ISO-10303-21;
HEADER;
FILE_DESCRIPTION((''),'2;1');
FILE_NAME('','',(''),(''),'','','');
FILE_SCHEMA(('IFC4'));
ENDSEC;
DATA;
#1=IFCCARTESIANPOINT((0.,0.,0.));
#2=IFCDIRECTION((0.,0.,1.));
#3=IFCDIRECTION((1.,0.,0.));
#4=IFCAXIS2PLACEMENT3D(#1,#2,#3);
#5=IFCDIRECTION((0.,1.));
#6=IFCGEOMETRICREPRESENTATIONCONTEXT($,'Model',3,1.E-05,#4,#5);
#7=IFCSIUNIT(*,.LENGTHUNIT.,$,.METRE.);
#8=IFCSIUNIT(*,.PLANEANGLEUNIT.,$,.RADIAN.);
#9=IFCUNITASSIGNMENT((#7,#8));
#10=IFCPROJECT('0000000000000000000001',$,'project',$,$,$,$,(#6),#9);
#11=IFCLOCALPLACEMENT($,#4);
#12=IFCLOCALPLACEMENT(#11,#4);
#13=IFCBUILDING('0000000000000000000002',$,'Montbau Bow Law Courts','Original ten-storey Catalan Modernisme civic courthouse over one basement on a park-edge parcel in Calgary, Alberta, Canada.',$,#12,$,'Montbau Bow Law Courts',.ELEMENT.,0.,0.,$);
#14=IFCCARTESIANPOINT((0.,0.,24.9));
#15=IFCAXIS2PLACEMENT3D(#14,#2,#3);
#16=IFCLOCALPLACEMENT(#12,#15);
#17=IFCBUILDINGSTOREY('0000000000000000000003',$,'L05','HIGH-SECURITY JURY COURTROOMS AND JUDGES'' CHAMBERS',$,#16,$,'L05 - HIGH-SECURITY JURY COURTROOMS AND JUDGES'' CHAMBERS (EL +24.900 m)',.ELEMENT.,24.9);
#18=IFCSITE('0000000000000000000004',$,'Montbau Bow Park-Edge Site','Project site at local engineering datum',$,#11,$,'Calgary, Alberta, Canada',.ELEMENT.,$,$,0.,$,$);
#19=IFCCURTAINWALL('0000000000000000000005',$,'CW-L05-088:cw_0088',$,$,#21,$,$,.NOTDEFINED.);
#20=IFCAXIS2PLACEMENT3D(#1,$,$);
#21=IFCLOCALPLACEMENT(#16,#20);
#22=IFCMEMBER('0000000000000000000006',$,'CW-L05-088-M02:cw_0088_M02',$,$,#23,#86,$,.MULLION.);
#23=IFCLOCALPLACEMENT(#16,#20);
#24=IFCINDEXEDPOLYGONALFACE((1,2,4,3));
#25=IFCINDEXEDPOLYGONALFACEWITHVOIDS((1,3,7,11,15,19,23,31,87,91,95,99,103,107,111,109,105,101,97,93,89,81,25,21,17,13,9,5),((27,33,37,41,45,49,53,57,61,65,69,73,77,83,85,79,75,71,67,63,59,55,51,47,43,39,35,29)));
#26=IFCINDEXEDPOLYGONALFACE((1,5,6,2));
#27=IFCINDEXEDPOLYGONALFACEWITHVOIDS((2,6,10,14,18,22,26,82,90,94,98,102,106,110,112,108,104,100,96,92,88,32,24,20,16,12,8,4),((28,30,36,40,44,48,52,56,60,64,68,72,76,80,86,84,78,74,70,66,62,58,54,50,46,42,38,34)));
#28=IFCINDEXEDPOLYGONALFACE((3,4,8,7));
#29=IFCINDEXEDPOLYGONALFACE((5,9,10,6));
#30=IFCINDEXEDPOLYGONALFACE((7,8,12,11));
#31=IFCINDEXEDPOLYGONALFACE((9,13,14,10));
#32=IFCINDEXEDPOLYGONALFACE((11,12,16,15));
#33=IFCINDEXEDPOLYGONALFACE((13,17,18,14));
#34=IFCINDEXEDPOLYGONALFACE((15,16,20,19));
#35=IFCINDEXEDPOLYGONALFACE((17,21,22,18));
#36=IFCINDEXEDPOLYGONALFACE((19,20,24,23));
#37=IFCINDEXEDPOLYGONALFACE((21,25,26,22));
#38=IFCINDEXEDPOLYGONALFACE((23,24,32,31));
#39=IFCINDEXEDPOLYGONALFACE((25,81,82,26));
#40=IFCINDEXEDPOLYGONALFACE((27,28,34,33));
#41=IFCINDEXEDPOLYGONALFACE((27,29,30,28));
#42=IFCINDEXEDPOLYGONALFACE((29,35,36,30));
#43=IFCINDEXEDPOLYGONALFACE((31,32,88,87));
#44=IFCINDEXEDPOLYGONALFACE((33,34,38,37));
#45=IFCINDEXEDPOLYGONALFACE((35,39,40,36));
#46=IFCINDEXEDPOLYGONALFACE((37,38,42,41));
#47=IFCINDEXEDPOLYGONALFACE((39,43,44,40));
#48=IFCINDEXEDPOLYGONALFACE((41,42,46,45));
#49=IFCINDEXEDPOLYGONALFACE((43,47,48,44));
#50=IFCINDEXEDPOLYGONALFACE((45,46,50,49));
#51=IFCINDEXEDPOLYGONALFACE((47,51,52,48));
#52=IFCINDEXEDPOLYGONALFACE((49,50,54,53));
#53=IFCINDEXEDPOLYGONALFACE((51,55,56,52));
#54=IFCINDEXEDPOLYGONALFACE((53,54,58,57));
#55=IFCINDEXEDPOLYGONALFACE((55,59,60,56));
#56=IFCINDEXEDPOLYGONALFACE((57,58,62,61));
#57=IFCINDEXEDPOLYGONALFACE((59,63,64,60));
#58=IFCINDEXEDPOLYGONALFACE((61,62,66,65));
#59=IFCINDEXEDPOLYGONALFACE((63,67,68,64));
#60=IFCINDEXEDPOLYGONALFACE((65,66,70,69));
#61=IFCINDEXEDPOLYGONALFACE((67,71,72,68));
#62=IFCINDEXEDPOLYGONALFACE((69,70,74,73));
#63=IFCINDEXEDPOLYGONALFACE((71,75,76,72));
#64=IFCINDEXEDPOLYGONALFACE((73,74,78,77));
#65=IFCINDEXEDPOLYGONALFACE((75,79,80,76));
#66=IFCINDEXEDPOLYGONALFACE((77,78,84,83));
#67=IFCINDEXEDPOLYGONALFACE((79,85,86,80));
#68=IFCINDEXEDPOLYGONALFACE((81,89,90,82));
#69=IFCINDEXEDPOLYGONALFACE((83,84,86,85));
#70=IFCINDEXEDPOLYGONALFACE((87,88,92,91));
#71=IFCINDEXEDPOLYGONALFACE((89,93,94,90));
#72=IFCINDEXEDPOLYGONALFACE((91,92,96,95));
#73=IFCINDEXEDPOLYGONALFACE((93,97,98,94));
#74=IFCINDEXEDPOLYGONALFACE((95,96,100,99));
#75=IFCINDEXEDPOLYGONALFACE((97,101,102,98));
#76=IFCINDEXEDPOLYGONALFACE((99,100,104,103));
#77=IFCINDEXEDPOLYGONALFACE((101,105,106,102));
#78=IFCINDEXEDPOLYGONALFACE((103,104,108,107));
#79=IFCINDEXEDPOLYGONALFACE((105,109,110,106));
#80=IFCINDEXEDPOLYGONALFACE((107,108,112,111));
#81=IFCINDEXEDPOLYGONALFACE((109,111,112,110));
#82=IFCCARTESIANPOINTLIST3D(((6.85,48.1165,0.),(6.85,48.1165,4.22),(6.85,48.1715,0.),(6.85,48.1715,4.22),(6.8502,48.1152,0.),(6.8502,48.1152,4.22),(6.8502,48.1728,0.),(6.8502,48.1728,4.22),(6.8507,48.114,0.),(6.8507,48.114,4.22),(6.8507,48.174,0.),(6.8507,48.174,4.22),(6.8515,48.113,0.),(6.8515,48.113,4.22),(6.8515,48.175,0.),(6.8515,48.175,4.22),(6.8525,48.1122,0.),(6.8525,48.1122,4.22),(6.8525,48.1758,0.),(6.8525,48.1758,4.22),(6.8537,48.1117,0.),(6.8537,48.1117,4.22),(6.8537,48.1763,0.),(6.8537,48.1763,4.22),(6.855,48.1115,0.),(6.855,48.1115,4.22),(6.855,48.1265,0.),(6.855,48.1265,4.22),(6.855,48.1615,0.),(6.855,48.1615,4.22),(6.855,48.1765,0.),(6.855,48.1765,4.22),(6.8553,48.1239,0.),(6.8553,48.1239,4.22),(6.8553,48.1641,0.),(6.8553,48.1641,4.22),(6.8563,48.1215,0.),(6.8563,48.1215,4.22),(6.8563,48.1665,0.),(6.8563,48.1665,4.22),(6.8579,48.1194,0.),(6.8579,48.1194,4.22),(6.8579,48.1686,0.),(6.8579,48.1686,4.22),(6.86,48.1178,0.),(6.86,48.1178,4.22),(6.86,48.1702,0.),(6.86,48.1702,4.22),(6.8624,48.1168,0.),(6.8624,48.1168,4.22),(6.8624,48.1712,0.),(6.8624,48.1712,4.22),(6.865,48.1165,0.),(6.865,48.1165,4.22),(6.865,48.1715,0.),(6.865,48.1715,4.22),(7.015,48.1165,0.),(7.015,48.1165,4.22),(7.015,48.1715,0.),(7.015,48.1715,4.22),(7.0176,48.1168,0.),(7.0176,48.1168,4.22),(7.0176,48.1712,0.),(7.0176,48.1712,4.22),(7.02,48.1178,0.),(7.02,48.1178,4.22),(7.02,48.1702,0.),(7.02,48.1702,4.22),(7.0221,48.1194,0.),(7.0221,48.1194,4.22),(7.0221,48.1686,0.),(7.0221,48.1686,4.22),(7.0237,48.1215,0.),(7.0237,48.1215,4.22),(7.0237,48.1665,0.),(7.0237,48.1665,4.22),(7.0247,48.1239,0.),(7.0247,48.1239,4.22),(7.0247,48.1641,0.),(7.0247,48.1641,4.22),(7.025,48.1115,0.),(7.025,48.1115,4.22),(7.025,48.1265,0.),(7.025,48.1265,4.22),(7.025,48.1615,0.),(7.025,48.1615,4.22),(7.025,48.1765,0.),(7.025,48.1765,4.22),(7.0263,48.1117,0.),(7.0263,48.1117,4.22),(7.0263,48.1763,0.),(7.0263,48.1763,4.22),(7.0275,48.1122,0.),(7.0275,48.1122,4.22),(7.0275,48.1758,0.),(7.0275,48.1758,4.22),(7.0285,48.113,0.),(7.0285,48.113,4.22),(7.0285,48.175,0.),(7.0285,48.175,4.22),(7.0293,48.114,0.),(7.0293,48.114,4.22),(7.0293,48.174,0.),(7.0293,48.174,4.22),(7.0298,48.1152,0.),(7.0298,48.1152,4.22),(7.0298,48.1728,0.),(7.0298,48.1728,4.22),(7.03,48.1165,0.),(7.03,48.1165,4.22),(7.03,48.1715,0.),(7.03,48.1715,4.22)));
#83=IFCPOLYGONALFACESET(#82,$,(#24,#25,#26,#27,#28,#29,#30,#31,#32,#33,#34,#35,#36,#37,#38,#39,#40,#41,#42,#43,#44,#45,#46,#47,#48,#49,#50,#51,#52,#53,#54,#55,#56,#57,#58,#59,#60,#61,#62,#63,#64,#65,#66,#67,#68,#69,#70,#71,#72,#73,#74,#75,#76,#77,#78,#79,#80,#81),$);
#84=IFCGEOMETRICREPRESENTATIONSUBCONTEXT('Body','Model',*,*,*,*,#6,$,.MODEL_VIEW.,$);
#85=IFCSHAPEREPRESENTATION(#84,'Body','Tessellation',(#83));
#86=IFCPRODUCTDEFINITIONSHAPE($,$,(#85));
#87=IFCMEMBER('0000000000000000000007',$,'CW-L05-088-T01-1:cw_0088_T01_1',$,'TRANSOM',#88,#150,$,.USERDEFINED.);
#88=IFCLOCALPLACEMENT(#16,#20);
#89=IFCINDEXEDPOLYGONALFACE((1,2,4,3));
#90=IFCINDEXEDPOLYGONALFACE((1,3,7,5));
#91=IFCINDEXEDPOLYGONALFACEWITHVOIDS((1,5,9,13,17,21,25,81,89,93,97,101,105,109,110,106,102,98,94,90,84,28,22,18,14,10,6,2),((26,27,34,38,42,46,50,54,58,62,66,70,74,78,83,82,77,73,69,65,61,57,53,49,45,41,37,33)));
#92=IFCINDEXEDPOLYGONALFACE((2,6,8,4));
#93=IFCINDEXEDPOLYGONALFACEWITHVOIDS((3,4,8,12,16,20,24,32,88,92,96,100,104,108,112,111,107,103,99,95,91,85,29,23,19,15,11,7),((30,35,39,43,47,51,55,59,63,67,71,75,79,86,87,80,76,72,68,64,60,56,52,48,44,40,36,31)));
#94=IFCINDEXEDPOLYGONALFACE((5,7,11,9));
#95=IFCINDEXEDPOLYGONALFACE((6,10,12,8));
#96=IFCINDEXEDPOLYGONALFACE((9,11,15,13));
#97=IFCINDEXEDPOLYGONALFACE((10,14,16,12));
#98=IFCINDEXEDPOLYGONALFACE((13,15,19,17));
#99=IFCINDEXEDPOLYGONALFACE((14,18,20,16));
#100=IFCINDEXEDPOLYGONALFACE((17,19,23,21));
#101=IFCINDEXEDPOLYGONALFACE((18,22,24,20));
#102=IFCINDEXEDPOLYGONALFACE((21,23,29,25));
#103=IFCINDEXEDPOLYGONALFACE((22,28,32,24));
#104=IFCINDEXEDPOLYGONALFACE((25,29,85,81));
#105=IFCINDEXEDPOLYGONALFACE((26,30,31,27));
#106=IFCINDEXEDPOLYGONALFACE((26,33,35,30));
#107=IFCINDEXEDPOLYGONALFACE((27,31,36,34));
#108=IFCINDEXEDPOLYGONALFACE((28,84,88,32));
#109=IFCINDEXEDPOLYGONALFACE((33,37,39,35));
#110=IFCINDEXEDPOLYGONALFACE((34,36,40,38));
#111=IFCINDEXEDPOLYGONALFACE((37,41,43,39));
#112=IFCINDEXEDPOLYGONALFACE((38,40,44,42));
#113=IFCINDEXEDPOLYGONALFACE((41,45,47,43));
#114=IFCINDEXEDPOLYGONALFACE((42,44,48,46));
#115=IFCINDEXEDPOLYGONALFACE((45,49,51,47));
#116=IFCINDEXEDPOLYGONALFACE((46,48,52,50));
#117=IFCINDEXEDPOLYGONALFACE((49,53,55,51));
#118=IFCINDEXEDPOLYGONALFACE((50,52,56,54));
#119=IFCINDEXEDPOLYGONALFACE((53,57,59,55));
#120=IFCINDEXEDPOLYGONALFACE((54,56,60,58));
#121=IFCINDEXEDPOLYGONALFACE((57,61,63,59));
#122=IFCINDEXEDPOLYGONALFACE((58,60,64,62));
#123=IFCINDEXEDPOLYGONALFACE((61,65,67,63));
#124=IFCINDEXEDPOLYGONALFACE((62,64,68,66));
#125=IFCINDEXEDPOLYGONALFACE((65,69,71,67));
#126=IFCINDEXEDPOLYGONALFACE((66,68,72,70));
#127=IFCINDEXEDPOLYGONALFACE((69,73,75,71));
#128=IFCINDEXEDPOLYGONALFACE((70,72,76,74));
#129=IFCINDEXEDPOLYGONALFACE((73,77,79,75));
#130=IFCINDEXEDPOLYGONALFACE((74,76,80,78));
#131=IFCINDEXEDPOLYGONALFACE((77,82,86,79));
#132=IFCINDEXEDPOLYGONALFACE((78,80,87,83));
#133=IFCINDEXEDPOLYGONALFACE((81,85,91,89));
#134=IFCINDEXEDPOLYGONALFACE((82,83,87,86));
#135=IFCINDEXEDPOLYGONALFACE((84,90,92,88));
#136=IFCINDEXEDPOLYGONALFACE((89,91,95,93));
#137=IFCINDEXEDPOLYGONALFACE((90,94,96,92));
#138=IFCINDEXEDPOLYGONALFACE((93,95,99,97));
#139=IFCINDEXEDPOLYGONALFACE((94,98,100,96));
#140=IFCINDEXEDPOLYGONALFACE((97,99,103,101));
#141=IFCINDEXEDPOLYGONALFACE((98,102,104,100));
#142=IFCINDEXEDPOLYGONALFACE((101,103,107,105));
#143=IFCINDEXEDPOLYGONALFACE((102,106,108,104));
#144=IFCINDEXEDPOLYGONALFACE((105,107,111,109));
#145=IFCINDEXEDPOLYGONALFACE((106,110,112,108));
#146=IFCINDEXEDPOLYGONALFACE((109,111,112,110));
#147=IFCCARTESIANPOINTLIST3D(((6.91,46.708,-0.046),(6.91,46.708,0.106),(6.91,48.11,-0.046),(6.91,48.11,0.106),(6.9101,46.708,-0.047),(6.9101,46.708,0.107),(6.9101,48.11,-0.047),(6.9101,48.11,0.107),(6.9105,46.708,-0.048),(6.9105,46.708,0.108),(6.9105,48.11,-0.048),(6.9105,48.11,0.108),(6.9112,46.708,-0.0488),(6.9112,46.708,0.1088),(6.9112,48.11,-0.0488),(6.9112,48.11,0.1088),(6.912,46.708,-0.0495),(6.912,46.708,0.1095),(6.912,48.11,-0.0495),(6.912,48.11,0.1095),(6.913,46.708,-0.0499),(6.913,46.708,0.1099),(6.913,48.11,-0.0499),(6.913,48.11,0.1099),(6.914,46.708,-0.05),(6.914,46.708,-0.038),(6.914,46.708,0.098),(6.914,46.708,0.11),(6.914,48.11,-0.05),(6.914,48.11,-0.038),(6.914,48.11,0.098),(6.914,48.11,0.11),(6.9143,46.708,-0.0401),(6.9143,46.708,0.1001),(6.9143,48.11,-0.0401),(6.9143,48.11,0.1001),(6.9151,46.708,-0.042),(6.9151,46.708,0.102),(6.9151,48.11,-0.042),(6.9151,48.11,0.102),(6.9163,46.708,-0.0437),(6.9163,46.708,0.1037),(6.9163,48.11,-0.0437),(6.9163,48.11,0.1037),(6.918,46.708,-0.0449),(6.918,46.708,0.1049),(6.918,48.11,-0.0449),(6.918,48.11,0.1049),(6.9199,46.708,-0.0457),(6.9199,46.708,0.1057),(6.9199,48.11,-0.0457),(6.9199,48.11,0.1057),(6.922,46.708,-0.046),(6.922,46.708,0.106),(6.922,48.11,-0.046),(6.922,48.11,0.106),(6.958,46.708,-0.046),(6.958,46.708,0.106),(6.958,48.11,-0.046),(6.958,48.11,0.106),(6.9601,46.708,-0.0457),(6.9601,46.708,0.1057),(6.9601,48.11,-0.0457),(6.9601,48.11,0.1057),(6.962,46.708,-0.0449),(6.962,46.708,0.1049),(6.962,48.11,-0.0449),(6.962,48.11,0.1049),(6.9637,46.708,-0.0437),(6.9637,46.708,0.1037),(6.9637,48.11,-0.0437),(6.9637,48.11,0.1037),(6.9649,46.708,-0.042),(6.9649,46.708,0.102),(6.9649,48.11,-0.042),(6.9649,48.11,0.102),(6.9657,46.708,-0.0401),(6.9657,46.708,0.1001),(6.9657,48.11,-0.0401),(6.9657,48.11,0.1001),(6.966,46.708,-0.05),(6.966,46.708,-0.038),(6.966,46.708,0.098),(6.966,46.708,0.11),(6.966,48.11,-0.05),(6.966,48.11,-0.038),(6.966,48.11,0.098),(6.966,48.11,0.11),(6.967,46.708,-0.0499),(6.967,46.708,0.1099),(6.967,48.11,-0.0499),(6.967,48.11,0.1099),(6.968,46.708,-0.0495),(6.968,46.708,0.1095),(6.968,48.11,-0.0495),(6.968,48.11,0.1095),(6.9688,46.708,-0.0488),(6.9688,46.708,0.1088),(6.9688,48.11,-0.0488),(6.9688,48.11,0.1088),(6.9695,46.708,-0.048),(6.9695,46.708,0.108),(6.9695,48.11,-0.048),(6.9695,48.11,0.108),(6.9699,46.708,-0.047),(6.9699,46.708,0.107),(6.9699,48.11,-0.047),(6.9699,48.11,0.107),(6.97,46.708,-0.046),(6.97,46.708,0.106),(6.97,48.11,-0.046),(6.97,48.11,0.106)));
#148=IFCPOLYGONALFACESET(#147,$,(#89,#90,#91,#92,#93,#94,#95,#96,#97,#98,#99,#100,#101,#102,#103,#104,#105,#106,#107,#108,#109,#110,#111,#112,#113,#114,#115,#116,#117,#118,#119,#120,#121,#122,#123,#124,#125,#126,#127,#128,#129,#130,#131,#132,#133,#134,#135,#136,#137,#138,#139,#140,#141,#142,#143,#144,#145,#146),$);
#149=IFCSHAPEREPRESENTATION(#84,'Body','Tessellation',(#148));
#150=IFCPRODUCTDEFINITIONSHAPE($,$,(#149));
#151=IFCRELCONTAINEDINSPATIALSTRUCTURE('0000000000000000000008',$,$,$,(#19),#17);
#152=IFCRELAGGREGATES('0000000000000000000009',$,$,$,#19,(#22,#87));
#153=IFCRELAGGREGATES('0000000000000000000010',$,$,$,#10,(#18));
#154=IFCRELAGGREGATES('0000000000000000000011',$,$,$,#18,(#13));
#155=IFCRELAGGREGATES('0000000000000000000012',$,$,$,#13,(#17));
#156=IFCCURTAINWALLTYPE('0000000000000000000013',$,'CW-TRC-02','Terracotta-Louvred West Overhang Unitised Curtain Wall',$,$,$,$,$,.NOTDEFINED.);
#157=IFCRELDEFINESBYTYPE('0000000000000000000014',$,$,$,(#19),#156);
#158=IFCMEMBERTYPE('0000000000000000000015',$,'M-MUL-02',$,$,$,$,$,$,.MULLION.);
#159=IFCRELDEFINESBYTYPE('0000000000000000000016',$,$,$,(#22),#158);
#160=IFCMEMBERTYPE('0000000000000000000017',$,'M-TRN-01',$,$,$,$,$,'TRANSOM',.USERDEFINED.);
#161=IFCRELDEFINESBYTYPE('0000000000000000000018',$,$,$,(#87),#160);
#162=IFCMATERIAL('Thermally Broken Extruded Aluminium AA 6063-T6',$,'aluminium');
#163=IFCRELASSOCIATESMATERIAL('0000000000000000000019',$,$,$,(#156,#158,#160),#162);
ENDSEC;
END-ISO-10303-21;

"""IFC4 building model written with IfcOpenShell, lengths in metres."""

from ifc_helpers import new_model, si_unit, direction, frame, origin_with_axes, origin_2d_with_axis, place, context, subcontext, project, spatial, hollow_rectangle, extrude, material, material_profile, profile_set, type_object, element, aggregate, save


model = new_model("IFC4")

# Units and contexts
model_context = context("Model", 3, precision=1e-05, world=origin_with_axes(), true_north=direction((0.0, 1.0)))
body_context = subcontext(model_context, "Body", "Model", "MODEL_VIEW")
ifc_project = project(units=[si_unit("LENGTHUNIT", "METRE"), si_unit("PLANEANGLEUNIT", "RADIAN")], contexts=[model_context])

# Site, building, storey
site_placement = place(None, origin_with_axes())
site = spatial("IfcSite", under=ifc_project, at=site_placement, Name="Montbau Bow Park-Edge Site", Description="Project site at local engineering datum", LongName="Calgary, Alberta, Canada", CompositionType="ELEMENT", RefElevation=0.0)
building_placement = place(site_placement, origin_with_axes())
building = spatial("IfcBuilding", under=site, at=building_placement, Name="Montbau Bow Law Courts", Description="Original ten-storey Catalan Modernisme civic courthouse over one basement on a park-edge parcel in Calgary, Alberta, Canada.", LongName="Montbau Bow Law Courts", CompositionType="ELEMENT", ElevationOfRefHeight=0.0, ElevationOfTerrain=0.0)
storey_placement = place(building_placement, frame((0.0, 0.0, 24.9), z_axis=(0.0, 0.0, 1.0), x_axis=(1.0, 0.0, 0.0)))
storey = spatial("IfcBuildingStorey", under=building, at=storey_placement, Name="L05", Description="HIGH-SECURITY JURY COURTROOMS AND JUDGES' CHAMBERS", LongName="L05 - HIGH-SECURITY JURY COURTROOMS AND JUDGES' CHAMBERS (EL +24.900 m)", CompositionType="ELEMENT", Elevation=24.9)

# Curtain wall, members
ifc_material_1 = material(Name="Thermally Broken Extruded Aluminium AA 6063-T6", Category="aluminium")
curtain_wall_type = type_object("IfcCurtainWallType", Name="CW-TRC-02", Description="Terracotta-Louvred West Overhang Unitised Curtain Wall", PredefinedType="NOTDEFINED", material=ifc_material_1)
curtain_wall_placement = place(None, frame((6.94, 46.64, 24.9), z_axis=(0.0, 0.0, 1.0), x_axis=(1.0, 0.0, 0.0)))
curtain_wall = element("IfcCurtainWall", 1, at=curtain_wall_placement, inside=storey, type_object=curtain_wall_type, Name="CW-L05-088:cw_0088", PredefinedType="NOTDEFINED")
ifc_material_profile_1 = material_profile(ifc_material_1, hollow_rectangle(XDim=0.065, YDim=0.18, WallThickness=0.005, InnerFilletRadius=0.01, OuterFilletRadius=0.005, at=origin_2d_with_axis()), Name="CWM-180X65", Category="Main", Priority=0)
ifc_profile_set_1 = profile_set([ifc_material_profile_1], Name="Thermally Broken Extruded Aluminium AA 6063-T6")
member_type_1 = type_object("IfcMemberType", Name="M-MUL-02", PredefinedType="MULLION", material=ifc_profile_set_1)
member_1_placement = place(None, frame((6.94, 48.144, 24.9), z_axis=(0.0, 0.0, 1.0), x_axis=(0.0, 1.0, 0.0)))
member_1 = element("IfcMember", 2, at=member_1_placement, type_object=member_type_1, Name="CW-L05-088-M02:cw_0088_M02", PredefinedType="MULLION", context=body_context, shape_type="SweptSolid", body=[
    extrude(hollow_rectangle(XDim=0.065, YDim=0.18, WallThickness=0.005, InnerFilletRadius=0.01, OuterFilletRadius=0.005, at=origin_2d_with_axis()), origin_with_axes(), (0.0, 0.0, 1.0), 4.22),
])
ifc_material_profile_2 = material_profile(ifc_material_1, hollow_rectangle(XDim=0.06, YDim=0.16, WallThickness=0.004, InnerFilletRadius=0.008, OuterFilletRadius=0.004, at=origin_2d_with_axis()), Name="CWT-160X60", Category="Main", Priority=0)
ifc_profile_set_2 = profile_set([ifc_material_profile_2], Name="Thermally Broken Extruded Aluminium AA 6063-T6")
member_type_2 = type_object("IfcMemberType", Name="M-TRN-01", ElementType="TRANSOM", PredefinedType="USERDEFINED", material=ifc_profile_set_2)
member_2_placement = place(None, frame((6.94, 46.708, 24.93), z_axis=(0.0, 1.0, 0.0), x_axis=(-1.0, 0.0, 0.0)))
member_2 = element("IfcMember", 3, at=member_2_placement, type_object=member_type_2, Name="CW-L05-088-T01-1:cw_0088_T01_1", ObjectType="TRANSOM", PredefinedType="USERDEFINED", context=body_context, shape_type="SweptSolid", body=[
    extrude(hollow_rectangle(XDim=0.06, YDim=0.16, WallThickness=0.004, InnerFilletRadius=0.008, OuterFilletRadius=0.004, at=origin_2d_with_axis()), origin_with_axes(), (0.0, 0.0, 1.0), 1.402),
])
aggregate(curtain_wall, [member_1, member_2])

save(model, "model.ifc")
